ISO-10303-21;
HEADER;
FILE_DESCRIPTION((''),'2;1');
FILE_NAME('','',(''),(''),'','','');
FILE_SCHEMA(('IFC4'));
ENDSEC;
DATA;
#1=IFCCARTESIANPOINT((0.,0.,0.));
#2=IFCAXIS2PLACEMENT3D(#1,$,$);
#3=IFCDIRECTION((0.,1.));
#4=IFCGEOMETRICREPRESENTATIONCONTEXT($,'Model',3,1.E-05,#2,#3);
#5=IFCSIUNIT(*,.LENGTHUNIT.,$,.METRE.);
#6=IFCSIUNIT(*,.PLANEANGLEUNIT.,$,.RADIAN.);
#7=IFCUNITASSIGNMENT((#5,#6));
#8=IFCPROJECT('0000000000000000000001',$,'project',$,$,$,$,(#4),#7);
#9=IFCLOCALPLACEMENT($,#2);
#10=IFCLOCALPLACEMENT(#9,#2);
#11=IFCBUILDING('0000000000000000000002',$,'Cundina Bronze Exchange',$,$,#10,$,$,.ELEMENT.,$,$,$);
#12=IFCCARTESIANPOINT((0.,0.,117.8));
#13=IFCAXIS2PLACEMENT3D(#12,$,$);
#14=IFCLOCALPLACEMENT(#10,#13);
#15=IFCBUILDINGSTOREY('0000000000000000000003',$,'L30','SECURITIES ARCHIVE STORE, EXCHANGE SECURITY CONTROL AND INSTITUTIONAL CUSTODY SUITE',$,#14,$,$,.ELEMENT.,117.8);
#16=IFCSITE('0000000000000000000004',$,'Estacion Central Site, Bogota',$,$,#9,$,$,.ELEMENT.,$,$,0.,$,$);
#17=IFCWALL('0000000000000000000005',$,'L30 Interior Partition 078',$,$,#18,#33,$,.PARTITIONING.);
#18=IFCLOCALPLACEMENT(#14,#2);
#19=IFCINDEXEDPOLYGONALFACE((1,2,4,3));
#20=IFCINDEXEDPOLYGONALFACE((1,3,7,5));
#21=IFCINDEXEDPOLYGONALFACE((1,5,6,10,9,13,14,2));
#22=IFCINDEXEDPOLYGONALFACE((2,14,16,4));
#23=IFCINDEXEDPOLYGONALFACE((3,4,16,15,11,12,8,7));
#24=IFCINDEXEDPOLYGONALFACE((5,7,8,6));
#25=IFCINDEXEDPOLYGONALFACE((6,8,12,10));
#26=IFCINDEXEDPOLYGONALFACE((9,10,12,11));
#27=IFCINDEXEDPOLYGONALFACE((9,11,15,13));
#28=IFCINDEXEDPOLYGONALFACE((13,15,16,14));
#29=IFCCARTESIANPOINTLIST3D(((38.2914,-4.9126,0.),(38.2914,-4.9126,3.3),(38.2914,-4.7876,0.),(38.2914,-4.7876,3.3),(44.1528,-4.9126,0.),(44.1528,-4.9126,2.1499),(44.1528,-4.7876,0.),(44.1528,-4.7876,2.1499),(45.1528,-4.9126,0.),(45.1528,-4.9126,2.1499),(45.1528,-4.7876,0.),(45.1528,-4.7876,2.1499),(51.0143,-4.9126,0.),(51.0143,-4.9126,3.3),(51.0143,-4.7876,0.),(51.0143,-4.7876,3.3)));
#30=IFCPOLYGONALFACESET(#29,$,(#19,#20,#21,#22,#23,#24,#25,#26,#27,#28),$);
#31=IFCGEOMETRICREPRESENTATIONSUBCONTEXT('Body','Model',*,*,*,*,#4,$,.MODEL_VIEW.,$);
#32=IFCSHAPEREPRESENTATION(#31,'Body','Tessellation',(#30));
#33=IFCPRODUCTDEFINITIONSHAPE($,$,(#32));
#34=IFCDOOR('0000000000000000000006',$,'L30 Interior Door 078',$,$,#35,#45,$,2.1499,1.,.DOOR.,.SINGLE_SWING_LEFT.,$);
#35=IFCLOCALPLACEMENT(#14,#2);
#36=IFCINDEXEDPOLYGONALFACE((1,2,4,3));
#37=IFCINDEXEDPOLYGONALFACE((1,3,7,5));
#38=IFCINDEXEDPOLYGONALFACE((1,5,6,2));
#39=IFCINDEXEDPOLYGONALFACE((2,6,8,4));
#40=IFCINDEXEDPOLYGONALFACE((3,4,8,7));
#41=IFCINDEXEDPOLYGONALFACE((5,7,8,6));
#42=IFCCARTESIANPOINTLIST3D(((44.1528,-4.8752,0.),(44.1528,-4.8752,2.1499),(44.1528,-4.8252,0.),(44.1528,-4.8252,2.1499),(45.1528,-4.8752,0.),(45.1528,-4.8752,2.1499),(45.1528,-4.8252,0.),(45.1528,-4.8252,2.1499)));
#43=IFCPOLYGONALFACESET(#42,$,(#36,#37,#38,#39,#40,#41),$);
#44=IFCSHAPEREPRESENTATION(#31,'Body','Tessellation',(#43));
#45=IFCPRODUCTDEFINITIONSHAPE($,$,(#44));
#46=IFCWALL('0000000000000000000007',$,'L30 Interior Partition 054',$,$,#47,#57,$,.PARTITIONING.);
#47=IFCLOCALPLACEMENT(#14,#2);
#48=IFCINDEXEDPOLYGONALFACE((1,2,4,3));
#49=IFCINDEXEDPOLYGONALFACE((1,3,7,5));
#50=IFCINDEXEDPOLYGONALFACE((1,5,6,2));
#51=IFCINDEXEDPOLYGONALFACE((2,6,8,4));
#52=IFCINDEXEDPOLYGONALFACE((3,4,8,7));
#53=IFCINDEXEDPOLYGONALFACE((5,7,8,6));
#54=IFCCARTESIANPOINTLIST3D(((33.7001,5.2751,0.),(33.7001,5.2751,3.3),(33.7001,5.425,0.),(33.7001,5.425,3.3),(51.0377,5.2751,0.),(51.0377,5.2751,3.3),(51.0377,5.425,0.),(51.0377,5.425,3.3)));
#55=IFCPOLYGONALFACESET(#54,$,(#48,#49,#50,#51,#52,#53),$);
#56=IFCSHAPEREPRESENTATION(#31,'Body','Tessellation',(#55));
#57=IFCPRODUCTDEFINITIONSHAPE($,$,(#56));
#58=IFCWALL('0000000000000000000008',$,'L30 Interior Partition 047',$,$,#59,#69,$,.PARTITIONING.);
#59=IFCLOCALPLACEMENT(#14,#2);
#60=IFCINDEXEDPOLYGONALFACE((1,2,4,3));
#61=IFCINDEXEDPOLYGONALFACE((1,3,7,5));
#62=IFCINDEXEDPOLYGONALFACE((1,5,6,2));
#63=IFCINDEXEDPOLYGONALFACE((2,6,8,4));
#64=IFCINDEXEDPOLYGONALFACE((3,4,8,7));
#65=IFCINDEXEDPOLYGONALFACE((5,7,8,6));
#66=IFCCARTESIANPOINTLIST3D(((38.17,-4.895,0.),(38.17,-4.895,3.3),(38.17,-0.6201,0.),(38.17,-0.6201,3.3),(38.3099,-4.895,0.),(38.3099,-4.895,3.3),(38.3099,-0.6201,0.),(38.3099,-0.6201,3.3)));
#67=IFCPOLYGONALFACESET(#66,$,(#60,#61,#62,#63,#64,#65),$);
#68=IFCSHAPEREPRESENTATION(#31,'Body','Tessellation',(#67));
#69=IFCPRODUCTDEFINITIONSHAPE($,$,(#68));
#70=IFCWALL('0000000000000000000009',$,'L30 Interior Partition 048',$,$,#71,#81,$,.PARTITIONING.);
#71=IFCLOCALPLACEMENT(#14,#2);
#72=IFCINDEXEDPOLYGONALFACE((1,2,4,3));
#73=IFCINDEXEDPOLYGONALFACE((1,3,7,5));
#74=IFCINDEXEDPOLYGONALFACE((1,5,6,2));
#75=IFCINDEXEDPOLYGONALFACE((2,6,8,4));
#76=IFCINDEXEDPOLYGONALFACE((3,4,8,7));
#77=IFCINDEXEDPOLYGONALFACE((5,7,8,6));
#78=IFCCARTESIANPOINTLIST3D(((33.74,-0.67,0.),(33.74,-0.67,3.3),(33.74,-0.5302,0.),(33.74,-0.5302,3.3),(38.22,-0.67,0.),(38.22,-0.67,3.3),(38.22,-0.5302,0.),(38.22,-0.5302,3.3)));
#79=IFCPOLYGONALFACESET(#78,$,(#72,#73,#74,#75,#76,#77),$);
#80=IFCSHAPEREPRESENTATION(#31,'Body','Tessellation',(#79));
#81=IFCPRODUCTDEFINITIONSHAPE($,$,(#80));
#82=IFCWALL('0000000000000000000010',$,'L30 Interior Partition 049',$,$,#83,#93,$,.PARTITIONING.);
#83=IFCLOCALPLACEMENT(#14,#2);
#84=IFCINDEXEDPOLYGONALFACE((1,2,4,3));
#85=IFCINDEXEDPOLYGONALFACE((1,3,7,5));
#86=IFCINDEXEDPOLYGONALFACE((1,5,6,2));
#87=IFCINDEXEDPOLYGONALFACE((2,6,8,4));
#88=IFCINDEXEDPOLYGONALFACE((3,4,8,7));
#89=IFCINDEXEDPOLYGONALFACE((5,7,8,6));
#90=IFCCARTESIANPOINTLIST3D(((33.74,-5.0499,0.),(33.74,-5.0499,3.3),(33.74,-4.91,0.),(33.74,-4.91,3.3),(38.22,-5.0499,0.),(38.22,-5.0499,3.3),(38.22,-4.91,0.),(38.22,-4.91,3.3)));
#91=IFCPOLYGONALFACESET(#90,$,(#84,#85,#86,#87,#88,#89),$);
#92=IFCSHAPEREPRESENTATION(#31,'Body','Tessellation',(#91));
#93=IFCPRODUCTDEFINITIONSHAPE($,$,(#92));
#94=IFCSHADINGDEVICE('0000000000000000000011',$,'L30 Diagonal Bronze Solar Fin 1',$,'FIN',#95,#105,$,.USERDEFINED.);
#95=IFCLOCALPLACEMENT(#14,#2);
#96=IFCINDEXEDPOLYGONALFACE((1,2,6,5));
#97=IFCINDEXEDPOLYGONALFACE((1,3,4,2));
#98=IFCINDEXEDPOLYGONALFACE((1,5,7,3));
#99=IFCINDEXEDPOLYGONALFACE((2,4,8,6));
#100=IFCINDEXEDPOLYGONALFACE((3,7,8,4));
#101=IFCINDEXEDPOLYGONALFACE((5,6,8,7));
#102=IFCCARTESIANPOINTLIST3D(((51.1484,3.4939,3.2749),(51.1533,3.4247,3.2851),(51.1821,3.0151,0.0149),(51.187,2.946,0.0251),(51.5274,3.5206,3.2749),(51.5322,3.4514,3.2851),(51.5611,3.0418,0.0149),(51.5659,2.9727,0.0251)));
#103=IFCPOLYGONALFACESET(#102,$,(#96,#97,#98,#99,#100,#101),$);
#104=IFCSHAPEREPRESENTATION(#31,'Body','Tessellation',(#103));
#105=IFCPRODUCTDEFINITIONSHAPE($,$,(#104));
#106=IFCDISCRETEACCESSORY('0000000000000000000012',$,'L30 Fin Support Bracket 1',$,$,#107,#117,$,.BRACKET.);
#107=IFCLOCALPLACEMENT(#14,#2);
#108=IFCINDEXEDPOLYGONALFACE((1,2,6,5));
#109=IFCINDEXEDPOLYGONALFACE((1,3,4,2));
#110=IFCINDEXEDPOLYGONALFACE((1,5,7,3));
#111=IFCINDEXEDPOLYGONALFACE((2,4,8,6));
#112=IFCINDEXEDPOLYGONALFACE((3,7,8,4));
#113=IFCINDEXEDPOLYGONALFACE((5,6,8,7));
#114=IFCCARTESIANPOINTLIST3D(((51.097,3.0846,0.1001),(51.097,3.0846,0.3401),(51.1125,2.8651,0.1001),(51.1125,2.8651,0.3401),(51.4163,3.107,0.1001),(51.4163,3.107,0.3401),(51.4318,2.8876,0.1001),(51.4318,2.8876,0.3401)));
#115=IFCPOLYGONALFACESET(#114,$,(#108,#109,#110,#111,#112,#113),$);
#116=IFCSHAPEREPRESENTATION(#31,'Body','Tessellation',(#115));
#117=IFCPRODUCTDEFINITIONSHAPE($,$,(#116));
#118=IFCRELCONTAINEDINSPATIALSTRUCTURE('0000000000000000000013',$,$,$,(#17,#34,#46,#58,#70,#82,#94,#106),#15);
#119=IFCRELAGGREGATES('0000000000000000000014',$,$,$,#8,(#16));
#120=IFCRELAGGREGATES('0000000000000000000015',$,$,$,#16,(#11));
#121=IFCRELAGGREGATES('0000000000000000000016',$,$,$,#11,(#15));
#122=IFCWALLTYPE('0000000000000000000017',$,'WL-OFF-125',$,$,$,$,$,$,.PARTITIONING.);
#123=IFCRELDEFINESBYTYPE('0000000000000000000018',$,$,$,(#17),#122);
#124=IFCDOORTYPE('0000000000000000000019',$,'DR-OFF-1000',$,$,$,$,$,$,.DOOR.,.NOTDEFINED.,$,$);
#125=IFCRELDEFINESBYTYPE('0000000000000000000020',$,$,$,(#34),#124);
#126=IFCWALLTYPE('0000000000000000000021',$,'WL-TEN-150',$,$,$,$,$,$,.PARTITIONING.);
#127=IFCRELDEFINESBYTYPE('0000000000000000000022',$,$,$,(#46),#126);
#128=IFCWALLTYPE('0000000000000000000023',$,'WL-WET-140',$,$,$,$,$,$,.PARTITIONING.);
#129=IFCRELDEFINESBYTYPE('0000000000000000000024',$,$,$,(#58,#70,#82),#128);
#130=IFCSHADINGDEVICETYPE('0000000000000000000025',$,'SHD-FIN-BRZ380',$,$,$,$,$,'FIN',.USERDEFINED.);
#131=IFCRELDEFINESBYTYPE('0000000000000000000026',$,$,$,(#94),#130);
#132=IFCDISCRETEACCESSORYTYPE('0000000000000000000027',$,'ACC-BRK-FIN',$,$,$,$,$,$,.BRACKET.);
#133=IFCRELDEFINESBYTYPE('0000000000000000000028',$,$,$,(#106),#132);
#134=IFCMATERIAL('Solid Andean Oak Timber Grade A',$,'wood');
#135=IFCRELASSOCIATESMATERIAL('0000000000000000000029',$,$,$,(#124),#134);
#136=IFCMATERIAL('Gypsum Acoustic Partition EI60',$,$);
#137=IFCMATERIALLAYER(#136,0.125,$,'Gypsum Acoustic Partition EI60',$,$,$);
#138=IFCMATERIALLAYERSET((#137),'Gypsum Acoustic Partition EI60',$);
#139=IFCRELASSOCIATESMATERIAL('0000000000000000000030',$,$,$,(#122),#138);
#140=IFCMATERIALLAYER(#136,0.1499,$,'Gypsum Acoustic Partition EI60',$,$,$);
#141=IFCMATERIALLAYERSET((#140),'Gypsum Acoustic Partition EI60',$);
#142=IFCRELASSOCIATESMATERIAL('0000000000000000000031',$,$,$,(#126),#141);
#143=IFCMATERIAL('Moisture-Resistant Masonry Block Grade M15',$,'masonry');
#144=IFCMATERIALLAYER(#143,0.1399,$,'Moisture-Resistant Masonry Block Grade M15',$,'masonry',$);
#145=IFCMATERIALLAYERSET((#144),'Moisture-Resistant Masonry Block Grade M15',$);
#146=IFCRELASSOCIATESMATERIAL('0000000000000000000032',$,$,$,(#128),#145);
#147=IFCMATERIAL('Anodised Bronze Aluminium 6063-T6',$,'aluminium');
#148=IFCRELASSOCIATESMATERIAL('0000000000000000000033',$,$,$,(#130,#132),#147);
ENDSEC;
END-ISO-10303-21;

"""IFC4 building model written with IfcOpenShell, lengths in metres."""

from ifc_helpers import new_model, si_unit, direction, frame, frame_2d, origin, origin_2d, place, context, subcontext, project, spatial, rectangle, extrude, material, layer, layer_set, material_profile, profile_set, type_object, element, fill, save


model = new_model("IFC4")

# Units and contexts
model_context = context("Model", 3, precision=1e-05, world=origin(), true_north=direction((0.0, 1.0)))
body_context = subcontext(model_context, "Body", "Model", "MODEL_VIEW")
ifc_project = project(units=[si_unit("LENGTHUNIT", "METRE"), si_unit("PLANEANGLEUNIT", "RADIAN")], contexts=[model_context])

# Site, building, storey
site_placement = place(None, origin())
site = spatial("IfcSite", under=ifc_project, at=site_placement, Name="Estacion Central Site, Bogota", CompositionType="ELEMENT", RefElevation=0.0)
building_placement = place(site_placement, origin())
building = spatial("IfcBuilding", under=site, at=building_placement, Name="Cundina Bronze Exchange", CompositionType="ELEMENT")
storey_placement = place(building_placement, frame((0.0, 0.0, 117.8)))
storey = spatial("IfcBuildingStorey", under=building, at=storey_placement, Name="L30", Description="SECURITIES ARCHIVE STORE, EXCHANGE SECURITY CONTROL AND INSTITUTIONAL CUSTODY SUITE", CompositionType="ELEMENT", Elevation=117.8)

# Shared definitions
ifc_material_1 = material(Name="Anodised Bronze Aluminium 6063-T6", Category="aluminium")

# Shared definitions
ifc_material_2 = material(Name="Solid Andean Oak Timber Grade A", Category="wood")
door_type_1 = type_object("IfcDoorType", Name="DR-OFF-1000", OperationType="NOTDEFINED", PredefinedType="DOOR", material=ifc_material_2)

# Wall, opening, door
ifc_material_3 = material(Name="Gypsum Acoustic Partition EI60")
ifc_layer_1 = layer(ifc_material_3, 0.125, Name="Gypsum Acoustic Partition EI60")
ifc_layer_set_1 = layer_set([ifc_layer_1], Name="Gypsum Acoustic Partition EI60")
wall_type_1 = type_object("IfcWallType", Name="WL-OFF-125", PredefinedType="PARTITIONING", material=ifc_layer_set_1)
wall_1_placement = place(storey_placement, frame((38.2915, -4.8501, 0.0), z_axis=(0.0, 0.0, 1.0), x_axis=(1.0, 0.0, 0.0)))
wall_1 = element("IfcWall", 1, at=wall_1_placement, inside=storey, type_object=wall_type_1, Name="L30 Interior Partition 078", PredefinedType="PARTITIONING", context=body_context, shape_type="SweptSolid", body=[
    extrude(rectangle(XDim=12.7229, YDim=0.125, at=frame_2d((6.3613, 0.0))), origin(), (0.0, 0.0, 1.0), 3.3),
])
opening_1_placement = place(wall_1_placement, frame((5.8613, 0.0, 0.0)))
opening_1 = element("IfcOpeningElement", 2, at=opening_1_placement, cuts=wall_1, PredefinedType="OPENING", context=body_context, shape_type="SweptSolid", body=[
    extrude(rectangle(XDim=1.0, YDim=2.1499, at=frame_2d((0.5, 1.075))), frame((0.0, 0.0725, 0.0), z_axis=(0.0, -1.0, 0.0), x_axis=(1.0, 0.0, 0.0)), (0.0, 0.0, 1.0), 0.145),
])
door_1_placement = place(opening_1_placement, origin())
door_1 = element("IfcDoor", 3, at=door_1_placement, inside=storey, type_object=door_type_1, Name="L30 Interior Door 078", OperationType="SINGLE_SWING_LEFT", OverallHeight=2.1499, OverallWidth=1.0, PredefinedType="DOOR", context=body_context, shape_type="SweptSolid", body=[
    extrude(rectangle(XDim=1.0, YDim=2.1499, at=frame_2d((0.5, 1.075))), frame((0.0, 0.0249, 0.0), z_axis=(0.0, -1.0, 0.0), x_axis=(1.0, 0.0, 0.0)), (0.0, 0.0, 1.0), 0.05),
])
fill(opening_1, door_1)

# Walls
ifc_layer_2 = layer(ifc_material_3, 0.1499, Name="Gypsum Acoustic Partition EI60")
ifc_layer_set_2 = layer_set([ifc_layer_2], Name="Gypsum Acoustic Partition EI60")
wall_type_2 = type_object("IfcWallType", Name="WL-TEN-150", PredefinedType="PARTITIONING", material=ifc_layer_set_2)
wall_2_placement = place(storey_placement, frame((33.7, 5.3501, 0.0), z_axis=(0.0, 0.0, 1.0), x_axis=(1.0, 0.0, 0.0)))
element("IfcWall", 4, at=wall_2_placement, inside=storey, type_object=wall_type_2, Name="L30 Interior Partition 054", PredefinedType="PARTITIONING", context=body_context, shape_type="SweptSolid", body=[
    extrude(rectangle(XDim=17.3376, YDim=0.1499, at=frame_2d((8.6689, 0.0))), origin(), (0.0, 0.0, 1.0), 3.3),
])
ifc_material_4 = material(Name="Moisture-Resistant Masonry Block Grade M15", Category="masonry")
ifc_layer_3 = layer(ifc_material_4, 0.1399, Name="Moisture-Resistant Masonry Block Grade M15", Category="masonry")
ifc_layer_set_3 = layer_set([ifc_layer_3], Name="Moisture-Resistant Masonry Block Grade M15")
wall_type_3 = type_object("IfcWallType", Name="WL-WET-140", PredefinedType="PARTITIONING", material=ifc_layer_set_3)
wall_3_placement = place(storey_placement, frame((38.24, -4.895, 0.0), z_axis=(0.0, 0.0, 1.0), x_axis=(0.0, 1.0, 0.0)))
element("IfcWall", 5, at=wall_3_placement, inside=storey, type_object=wall_type_3, Name="L30 Interior Partition 047", PredefinedType="PARTITIONING", context=body_context, shape_type="SweptSolid", body=[
    extrude(rectangle(XDim=4.2749, YDim=0.1399, at=frame_2d((2.1375, 0.0))), origin(), (0.0, 0.0, 1.0), 3.3),
])
for number, where, z_axis, x_axis, name in (
    (6, (33.74, -0.6001, 0.0), (0.0, 0.0, 1.0), (1.0, 0.0, 0.0), "L30 Interior Partition 048"),
    (7, (33.74, -4.98, 0.0), (0.0, 0.0, 1.0), (1.0, 0.0, 0.0), "L30 Interior Partition 049"),
):
    element("IfcWall", number, at=place(storey_placement, frame(where, z_axis=z_axis, x_axis=x_axis)), inside=storey, type_object=wall_type_3, Name=name, PredefinedType="PARTITIONING", context=body_context, shape_type="SweptSolid", body=[
        extrude(rectangle(XDim=4.48, YDim=0.1399, at=frame_2d((2.24, 0.0))), origin(), (0.0, 0.0, 1.0), 3.3),
    ])

# Shading device
ifc_material_profile_1 = material_profile(ifc_material_1, rectangle(XDim=0.0701, YDim=0.3799, at=origin_2d()), Name="FIN70X380", Category="aluminium")
ifc_profile_set_1 = profile_set([ifc_material_profile_1], Name="Anodised Bronze Aluminium 6063-T6")
shading_device_type = type_object("IfcShadingDeviceType", Name="SHD-FIN-BRZ380", ElementType="FIN", PredefinedType="USERDEFINED", material=ifc_profile_set_1)
shading_device_placement = place(storey_placement, frame((51.374, 2.9939, 0.02), z_axis=(-0.010225, 0.145292, 0.989336), x_axis=(0.06945, -0.986895, 0.145652)))
element("IfcShadingDevice", 8, at=shading_device_placement, inside=storey, type_object=shading_device_type, Name="L30 Diagonal Bronze Solar Fin 1", ObjectType="FIN", PredefinedType="USERDEFINED", context=body_context, shape_type="SweptSolid", body=[
    extrude(rectangle(XDim=0.0701, YDim=0.3799, at=origin_2d()), origin(), (0.0, 0.0, 1.0), 3.2952),
])

# Discrete accessory
discrete_accessory_type = type_object("IfcDiscreteAccessoryType", Name="ACC-BRK-FIN", PredefinedType="BRACKET", material=ifc_material_1)
discrete_accessory_placement = place(storey_placement, frame((51.2644, 2.9861, 0.1001), z_axis=(0.0, 0.0, 1.0), x_axis=(-0.070279, 0.997527, 0.0)))
element("IfcDiscreteAccessory", 9, at=discrete_accessory_placement, inside=storey, type_object=discrete_accessory_type, Name="L30 Fin Support Bracket 1", PredefinedType="BRACKET", context=body_context, shape_type="SweptSolid", body=[
    extrude(rectangle(XDim=0.22, YDim=0.3201, at=origin_2d()), origin(), (0.0, 0.0, 1.0), 0.24),
])

save(model, "model.ifc")
